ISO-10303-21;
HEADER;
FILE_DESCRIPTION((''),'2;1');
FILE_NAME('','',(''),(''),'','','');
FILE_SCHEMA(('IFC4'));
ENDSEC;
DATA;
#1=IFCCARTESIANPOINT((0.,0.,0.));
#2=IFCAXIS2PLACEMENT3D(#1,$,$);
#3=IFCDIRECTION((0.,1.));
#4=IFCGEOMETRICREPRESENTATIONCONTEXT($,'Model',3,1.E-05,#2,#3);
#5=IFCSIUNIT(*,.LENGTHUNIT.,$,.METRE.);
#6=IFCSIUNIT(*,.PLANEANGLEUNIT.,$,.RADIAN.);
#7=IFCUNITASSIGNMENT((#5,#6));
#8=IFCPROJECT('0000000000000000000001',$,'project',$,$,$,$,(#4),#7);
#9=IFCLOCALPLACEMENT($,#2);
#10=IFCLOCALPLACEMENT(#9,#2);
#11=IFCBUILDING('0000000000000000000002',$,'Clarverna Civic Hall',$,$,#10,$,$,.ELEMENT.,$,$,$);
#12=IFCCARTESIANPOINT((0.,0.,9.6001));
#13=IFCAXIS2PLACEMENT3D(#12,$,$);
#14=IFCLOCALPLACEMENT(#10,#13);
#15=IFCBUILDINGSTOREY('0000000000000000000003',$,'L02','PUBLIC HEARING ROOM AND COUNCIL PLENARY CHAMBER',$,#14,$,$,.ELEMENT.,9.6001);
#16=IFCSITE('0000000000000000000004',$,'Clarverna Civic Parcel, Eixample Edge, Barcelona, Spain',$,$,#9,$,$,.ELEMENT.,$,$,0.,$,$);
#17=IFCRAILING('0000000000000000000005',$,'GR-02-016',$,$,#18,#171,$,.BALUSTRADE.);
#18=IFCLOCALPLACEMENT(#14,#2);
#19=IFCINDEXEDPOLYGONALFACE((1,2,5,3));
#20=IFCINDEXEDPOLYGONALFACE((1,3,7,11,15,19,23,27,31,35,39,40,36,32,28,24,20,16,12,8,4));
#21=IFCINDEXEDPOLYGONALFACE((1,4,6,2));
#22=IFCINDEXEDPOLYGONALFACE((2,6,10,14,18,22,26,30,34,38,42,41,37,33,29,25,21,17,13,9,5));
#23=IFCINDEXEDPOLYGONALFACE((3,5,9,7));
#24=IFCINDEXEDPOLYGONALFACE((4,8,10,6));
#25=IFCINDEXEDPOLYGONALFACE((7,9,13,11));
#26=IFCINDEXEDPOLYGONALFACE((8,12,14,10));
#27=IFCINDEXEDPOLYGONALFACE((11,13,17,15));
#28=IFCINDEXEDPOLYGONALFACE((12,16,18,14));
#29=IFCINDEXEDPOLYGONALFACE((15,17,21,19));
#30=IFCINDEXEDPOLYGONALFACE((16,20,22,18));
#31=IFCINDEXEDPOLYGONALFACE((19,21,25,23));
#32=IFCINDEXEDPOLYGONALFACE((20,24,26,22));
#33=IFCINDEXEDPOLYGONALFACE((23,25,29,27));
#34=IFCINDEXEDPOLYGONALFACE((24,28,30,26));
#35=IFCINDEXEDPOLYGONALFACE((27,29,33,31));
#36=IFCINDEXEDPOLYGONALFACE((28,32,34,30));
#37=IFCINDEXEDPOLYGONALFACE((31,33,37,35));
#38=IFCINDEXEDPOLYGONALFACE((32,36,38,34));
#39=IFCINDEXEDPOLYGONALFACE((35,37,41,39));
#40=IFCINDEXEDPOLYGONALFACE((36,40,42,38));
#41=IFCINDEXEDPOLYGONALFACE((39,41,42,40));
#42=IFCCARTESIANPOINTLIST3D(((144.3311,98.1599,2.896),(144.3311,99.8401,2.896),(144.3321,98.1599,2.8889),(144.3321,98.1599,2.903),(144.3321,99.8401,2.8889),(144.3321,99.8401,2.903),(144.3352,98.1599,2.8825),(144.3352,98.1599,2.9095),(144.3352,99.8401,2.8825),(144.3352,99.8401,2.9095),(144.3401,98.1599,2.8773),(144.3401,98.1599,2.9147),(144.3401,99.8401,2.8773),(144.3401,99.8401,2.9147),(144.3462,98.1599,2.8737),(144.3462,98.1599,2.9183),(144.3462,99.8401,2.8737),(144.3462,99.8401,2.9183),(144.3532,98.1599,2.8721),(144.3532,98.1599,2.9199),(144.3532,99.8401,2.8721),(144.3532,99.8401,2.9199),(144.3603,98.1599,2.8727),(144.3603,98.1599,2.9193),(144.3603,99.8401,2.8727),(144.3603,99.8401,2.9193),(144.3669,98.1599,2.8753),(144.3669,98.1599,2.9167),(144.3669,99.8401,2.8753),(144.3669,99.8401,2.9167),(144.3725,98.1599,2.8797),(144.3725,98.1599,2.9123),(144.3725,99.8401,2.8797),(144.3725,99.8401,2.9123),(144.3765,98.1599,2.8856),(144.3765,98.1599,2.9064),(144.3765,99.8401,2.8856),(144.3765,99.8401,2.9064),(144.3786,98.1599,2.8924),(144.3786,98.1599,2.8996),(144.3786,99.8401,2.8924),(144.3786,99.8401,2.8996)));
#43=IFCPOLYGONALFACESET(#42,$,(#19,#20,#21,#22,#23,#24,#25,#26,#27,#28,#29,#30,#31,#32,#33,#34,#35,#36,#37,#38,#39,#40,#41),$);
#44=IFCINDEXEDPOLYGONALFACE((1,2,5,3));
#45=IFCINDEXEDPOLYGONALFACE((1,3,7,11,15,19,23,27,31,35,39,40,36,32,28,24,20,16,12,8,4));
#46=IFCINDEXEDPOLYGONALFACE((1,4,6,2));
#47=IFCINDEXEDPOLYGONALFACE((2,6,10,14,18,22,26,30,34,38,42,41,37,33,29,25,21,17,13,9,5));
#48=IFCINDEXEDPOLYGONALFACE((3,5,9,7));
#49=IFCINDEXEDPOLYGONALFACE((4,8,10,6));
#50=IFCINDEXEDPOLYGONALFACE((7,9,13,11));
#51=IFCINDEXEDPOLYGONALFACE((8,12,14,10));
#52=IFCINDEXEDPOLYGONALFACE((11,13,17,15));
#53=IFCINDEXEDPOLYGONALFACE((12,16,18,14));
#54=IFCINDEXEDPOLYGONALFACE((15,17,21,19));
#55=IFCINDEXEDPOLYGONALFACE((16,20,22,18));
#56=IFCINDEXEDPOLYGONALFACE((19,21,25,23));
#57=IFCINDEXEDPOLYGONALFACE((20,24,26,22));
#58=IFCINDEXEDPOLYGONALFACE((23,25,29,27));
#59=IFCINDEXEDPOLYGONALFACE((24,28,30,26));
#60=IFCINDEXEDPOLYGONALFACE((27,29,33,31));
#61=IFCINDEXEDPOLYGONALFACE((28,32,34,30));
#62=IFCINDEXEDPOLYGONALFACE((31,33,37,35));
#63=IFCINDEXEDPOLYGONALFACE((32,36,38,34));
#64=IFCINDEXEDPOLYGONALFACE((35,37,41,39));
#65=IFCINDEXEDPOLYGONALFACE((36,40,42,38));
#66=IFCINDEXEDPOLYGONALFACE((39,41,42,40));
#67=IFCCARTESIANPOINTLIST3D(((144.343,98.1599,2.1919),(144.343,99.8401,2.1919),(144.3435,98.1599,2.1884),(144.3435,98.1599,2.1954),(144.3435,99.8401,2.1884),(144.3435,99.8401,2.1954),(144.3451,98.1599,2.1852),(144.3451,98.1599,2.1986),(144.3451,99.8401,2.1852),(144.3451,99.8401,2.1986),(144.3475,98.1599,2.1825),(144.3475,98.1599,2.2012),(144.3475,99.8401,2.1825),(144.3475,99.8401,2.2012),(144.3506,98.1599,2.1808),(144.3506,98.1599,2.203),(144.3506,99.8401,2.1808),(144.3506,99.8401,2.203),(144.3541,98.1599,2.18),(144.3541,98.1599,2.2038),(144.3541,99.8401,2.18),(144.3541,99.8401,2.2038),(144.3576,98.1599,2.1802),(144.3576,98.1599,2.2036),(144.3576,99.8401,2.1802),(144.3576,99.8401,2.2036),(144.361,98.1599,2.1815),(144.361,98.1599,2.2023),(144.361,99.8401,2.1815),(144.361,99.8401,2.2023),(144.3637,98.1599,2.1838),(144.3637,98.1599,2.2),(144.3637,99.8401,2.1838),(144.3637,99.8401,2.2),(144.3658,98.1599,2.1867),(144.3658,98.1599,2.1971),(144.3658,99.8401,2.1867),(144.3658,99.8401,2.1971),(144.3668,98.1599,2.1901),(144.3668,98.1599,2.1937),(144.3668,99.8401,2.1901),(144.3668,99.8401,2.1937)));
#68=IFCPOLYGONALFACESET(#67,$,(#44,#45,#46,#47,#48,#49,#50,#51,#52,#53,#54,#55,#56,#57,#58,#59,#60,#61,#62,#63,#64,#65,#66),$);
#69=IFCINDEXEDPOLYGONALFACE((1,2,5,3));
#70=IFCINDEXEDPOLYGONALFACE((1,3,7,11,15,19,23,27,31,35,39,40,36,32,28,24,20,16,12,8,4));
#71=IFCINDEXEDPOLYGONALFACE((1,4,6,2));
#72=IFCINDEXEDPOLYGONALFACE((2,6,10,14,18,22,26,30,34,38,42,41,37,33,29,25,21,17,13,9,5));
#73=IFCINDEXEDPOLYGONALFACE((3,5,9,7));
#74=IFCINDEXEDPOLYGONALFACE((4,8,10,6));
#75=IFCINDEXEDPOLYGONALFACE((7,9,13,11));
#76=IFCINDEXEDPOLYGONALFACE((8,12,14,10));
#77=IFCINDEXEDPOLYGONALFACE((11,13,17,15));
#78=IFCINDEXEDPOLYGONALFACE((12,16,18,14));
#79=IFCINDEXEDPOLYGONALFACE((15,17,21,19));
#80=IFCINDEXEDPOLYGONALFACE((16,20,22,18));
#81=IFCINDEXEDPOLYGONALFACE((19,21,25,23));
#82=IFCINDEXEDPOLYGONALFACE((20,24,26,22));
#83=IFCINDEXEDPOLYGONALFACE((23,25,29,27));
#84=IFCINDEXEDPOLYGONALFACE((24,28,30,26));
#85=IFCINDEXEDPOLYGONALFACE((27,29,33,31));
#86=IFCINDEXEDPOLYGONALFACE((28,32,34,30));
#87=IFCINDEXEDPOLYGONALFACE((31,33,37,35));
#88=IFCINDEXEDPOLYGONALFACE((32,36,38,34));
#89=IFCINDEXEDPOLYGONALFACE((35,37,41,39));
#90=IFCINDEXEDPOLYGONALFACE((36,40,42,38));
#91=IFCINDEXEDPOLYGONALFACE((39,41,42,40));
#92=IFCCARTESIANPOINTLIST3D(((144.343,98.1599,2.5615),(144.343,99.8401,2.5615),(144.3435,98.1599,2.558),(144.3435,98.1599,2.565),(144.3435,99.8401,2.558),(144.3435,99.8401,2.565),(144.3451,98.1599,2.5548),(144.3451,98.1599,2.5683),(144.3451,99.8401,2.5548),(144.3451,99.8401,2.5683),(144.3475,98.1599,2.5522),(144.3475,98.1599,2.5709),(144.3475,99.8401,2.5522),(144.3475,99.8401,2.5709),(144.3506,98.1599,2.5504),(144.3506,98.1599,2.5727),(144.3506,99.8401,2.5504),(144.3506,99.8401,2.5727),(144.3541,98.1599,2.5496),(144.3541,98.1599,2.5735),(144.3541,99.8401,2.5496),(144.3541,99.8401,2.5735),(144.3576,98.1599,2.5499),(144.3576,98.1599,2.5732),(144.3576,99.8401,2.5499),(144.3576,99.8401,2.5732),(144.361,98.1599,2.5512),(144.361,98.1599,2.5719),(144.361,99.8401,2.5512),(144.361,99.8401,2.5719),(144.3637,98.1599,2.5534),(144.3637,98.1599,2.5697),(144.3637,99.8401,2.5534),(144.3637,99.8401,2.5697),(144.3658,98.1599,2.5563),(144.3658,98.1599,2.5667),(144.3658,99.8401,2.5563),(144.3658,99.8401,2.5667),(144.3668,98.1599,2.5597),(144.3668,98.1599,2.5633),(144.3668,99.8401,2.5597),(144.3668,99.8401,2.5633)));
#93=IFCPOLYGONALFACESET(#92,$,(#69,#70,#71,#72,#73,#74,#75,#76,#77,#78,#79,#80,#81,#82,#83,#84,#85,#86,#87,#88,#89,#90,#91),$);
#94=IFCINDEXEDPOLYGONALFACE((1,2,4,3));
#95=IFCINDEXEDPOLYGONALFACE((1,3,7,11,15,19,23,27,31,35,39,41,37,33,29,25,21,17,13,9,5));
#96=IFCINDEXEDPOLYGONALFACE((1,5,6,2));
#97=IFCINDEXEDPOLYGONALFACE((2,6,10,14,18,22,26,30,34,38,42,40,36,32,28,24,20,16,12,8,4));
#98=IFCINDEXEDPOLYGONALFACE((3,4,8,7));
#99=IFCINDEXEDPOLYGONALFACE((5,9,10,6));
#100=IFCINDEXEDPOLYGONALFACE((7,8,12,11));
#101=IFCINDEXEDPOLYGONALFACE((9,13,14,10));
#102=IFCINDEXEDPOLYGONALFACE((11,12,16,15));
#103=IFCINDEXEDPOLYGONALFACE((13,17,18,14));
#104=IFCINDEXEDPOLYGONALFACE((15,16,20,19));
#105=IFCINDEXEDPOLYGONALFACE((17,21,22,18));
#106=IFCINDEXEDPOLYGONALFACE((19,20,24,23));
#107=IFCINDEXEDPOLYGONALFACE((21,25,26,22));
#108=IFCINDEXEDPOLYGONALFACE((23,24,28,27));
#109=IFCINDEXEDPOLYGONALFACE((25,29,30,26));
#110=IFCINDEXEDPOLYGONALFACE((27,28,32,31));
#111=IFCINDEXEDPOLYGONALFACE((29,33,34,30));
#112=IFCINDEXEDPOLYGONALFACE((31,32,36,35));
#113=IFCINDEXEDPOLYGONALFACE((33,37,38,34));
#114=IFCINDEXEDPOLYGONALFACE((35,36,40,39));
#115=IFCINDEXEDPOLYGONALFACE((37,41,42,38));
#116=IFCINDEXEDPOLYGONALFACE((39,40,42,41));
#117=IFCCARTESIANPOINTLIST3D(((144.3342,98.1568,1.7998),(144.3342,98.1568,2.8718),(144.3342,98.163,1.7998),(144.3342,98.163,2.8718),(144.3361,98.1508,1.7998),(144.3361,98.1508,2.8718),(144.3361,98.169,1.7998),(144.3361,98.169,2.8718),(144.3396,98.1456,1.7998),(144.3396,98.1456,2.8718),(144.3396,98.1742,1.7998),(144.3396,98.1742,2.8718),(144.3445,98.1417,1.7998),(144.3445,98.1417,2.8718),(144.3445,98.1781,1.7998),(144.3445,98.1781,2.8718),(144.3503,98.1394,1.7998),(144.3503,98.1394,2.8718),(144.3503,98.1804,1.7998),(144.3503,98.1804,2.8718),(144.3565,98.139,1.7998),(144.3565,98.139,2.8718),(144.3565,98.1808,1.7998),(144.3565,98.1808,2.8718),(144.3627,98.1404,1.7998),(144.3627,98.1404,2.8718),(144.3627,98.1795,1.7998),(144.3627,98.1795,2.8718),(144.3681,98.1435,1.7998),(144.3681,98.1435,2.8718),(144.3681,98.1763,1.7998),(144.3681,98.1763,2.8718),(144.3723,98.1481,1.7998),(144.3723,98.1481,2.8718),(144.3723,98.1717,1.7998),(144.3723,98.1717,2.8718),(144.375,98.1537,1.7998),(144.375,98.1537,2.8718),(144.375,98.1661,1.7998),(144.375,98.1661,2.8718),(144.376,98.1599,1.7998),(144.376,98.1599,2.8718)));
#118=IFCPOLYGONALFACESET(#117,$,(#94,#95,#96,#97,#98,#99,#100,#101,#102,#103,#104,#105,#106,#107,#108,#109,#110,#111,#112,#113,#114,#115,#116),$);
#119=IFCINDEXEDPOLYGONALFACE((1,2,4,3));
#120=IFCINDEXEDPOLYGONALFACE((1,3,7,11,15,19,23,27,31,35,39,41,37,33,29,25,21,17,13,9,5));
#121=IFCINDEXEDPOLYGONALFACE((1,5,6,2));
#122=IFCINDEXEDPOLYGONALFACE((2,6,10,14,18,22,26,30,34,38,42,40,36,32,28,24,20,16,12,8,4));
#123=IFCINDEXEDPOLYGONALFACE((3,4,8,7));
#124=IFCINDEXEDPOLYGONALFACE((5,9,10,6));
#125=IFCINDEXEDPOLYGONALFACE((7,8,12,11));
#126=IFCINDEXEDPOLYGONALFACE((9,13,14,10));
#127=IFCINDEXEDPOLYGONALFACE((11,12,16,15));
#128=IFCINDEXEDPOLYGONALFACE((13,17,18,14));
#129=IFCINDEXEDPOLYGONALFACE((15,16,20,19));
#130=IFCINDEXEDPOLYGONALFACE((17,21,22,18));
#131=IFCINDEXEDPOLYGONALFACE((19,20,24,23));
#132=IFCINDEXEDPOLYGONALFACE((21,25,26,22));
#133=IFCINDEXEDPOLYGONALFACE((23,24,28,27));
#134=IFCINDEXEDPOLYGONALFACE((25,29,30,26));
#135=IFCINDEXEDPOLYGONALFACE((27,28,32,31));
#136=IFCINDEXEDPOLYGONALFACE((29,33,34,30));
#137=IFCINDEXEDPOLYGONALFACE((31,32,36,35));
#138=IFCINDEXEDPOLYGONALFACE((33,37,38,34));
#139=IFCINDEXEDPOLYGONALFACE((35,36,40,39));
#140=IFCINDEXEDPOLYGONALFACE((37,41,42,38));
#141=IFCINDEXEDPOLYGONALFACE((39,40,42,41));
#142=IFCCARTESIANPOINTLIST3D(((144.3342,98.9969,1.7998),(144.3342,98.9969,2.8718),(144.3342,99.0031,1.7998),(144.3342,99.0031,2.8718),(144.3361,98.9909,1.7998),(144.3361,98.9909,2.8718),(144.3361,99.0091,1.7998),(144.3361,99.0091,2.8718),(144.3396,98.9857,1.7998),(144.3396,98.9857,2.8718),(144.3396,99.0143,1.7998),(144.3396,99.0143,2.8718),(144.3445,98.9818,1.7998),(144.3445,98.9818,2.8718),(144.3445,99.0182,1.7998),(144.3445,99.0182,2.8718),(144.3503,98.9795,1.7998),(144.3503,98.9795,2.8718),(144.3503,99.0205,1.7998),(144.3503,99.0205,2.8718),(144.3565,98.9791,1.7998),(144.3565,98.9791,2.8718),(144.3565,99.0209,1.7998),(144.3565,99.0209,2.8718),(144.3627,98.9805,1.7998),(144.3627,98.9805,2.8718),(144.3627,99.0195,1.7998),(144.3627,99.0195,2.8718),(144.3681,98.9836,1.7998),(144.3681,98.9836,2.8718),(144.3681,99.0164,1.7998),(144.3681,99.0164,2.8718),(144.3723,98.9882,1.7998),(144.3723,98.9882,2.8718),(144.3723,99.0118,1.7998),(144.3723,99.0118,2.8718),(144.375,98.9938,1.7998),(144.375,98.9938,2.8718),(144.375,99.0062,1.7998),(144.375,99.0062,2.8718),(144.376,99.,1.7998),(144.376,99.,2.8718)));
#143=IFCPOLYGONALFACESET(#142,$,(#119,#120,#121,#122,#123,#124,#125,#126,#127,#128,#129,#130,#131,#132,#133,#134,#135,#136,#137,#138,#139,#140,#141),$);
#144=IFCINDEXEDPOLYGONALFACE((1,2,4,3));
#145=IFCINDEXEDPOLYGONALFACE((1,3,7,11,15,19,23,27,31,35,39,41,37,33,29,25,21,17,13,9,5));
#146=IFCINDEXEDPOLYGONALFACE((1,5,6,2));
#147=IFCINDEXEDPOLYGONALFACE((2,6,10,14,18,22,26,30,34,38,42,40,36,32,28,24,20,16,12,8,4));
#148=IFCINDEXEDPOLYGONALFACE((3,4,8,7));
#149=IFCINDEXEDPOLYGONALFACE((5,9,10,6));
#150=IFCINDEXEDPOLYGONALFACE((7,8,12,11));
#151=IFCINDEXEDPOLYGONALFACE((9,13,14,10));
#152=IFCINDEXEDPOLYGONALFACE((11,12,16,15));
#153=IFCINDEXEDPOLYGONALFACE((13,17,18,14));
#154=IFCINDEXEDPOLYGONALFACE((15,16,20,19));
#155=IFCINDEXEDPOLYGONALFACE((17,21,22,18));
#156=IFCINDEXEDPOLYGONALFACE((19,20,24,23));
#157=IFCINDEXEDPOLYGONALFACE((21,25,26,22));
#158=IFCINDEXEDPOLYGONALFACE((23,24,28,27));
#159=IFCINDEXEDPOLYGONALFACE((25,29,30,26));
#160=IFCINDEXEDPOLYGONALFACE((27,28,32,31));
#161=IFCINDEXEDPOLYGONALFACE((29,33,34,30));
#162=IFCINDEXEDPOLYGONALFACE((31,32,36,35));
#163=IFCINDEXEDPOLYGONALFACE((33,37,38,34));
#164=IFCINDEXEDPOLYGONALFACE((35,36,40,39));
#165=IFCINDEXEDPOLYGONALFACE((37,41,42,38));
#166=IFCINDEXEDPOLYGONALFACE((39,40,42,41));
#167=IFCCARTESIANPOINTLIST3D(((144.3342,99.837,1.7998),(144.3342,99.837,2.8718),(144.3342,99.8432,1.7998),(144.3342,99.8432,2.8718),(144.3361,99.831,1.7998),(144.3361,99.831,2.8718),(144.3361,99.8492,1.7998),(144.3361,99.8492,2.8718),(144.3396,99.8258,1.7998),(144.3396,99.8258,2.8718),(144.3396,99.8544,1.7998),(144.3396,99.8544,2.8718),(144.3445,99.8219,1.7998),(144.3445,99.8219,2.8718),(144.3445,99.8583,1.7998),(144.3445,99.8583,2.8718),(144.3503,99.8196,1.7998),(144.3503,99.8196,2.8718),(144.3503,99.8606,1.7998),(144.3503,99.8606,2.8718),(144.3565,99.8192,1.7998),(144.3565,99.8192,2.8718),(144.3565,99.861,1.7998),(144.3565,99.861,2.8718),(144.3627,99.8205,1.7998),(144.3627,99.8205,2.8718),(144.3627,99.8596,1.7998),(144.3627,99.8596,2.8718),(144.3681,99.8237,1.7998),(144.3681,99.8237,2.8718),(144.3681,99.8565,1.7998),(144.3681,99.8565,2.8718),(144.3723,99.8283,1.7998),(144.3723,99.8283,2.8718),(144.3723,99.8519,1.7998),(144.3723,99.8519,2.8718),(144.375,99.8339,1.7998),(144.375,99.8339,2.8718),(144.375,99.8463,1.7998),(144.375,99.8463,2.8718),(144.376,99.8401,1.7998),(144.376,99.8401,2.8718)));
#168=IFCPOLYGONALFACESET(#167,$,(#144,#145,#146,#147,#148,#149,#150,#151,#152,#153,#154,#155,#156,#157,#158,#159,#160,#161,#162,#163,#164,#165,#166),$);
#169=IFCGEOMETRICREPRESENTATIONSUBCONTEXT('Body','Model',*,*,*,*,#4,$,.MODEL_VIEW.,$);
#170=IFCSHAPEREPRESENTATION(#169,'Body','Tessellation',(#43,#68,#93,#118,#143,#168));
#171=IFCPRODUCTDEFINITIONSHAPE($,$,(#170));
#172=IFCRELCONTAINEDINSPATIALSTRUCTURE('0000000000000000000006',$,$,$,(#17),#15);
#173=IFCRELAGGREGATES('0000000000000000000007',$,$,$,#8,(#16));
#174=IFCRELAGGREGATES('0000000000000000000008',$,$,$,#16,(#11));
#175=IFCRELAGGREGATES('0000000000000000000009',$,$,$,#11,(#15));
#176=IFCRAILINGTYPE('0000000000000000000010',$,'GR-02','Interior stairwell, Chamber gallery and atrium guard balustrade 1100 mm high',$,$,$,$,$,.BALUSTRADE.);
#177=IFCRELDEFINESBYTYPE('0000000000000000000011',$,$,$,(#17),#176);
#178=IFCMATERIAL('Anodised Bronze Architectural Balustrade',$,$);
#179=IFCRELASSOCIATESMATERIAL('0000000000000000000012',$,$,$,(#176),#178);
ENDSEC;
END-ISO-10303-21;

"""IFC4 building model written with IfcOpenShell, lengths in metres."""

from ifc_helpers import new_model, si_unit, direction, frame, origin, origin_2d, place, context, subcontext, project, spatial, circle, extrude, material, type_object, element, save


model = new_model("IFC4")

# Units and contexts
model_context = context("Model", 3, precision=1e-05, world=origin(), true_north=direction((0.0, 1.0)))
body_context = subcontext(model_context, "Body", "Model", "MODEL_VIEW")
ifc_project = project(units=[si_unit("LENGTHUNIT", "METRE"), si_unit("PLANEANGLEUNIT", "RADIAN")], contexts=[model_context])

# Site, building, storey
site_placement = place(None, origin())
site = spatial("IfcSite", under=ifc_project, at=site_placement, Name="Clarverna Civic Parcel, Eixample Edge, Barcelona, Spain", CompositionType="ELEMENT", RefElevation=0.0)
building_placement = place(site_placement, origin())
building = spatial("IfcBuilding", under=site, at=building_placement, Name="Clarverna Civic Hall", CompositionType="ELEMENT")
storey_placement = place(building_placement, frame((0.0, 0.0, 9.6001)))
storey = spatial("IfcBuildingStorey", under=building, at=storey_placement, Name="L02", Description="PUBLIC HEARING ROOM AND COUNCIL PLENARY CHAMBER", CompositionType="ELEMENT", Elevation=9.6001)

# Railing
ifc_material_1 = material(Name="Anodised Bronze Architectural Balustrade")
railing_type_1 = type_object("IfcRailingType", Name="GR-02", Description="Interior stairwell, Chamber gallery and atrium guard balustrade 1100 mm high", PredefinedType="BALUSTRADE", material=ifc_material_1)
railing_1_placement = place(storey_placement, frame((144.355, 98.1599, 1.7998)))
element("IfcRailing", 1, at=railing_1_placement, inside=storey, type_object=railing_type_1, Name="GR-02-016", PredefinedType="BALUSTRADE", context=body_context, shape_type="SweptSolid", body=[
    extrude(circle(Radius=0.0239, at=origin_2d()), frame((0.0, 0.0, 1.0962), z_axis=(0.0, 1.0, 0.0), x_axis=(-1.0, 0.0, 0.0)), (0.0, 0.0, 1.0), 1.6802),
    extrude(circle(Radius=0.012, at=origin_2d()), frame((0.0, 0.0, 0.3921), z_axis=(0.0, 1.0, 0.0), x_axis=(-1.0, 0.0, 0.0)), (0.0, 0.0, 1.0), 1.6802),
    extrude(circle(Radius=0.012, at=origin_2d()), frame((0.0, 0.0, 0.7617), z_axis=(0.0, 1.0, 0.0), x_axis=(-1.0, 0.0, 0.0)), (0.0, 0.0, 1.0), 1.6802),
    extrude(circle(Radius=0.021, at=origin_2d()), origin(), (0.0, 0.0, 1.0), 1.072),
    extrude(circle(Radius=0.021, at=origin_2d()), frame((0.0, 0.8401, 0.0)), (0.0, 0.0, 1.0), 1.072),
    extrude(circle(Radius=0.021, at=origin_2d()), frame((0.0, 1.6802, 0.0)), (0.0, 0.0, 1.0), 1.072),
])

save(model, "model.ifc")
